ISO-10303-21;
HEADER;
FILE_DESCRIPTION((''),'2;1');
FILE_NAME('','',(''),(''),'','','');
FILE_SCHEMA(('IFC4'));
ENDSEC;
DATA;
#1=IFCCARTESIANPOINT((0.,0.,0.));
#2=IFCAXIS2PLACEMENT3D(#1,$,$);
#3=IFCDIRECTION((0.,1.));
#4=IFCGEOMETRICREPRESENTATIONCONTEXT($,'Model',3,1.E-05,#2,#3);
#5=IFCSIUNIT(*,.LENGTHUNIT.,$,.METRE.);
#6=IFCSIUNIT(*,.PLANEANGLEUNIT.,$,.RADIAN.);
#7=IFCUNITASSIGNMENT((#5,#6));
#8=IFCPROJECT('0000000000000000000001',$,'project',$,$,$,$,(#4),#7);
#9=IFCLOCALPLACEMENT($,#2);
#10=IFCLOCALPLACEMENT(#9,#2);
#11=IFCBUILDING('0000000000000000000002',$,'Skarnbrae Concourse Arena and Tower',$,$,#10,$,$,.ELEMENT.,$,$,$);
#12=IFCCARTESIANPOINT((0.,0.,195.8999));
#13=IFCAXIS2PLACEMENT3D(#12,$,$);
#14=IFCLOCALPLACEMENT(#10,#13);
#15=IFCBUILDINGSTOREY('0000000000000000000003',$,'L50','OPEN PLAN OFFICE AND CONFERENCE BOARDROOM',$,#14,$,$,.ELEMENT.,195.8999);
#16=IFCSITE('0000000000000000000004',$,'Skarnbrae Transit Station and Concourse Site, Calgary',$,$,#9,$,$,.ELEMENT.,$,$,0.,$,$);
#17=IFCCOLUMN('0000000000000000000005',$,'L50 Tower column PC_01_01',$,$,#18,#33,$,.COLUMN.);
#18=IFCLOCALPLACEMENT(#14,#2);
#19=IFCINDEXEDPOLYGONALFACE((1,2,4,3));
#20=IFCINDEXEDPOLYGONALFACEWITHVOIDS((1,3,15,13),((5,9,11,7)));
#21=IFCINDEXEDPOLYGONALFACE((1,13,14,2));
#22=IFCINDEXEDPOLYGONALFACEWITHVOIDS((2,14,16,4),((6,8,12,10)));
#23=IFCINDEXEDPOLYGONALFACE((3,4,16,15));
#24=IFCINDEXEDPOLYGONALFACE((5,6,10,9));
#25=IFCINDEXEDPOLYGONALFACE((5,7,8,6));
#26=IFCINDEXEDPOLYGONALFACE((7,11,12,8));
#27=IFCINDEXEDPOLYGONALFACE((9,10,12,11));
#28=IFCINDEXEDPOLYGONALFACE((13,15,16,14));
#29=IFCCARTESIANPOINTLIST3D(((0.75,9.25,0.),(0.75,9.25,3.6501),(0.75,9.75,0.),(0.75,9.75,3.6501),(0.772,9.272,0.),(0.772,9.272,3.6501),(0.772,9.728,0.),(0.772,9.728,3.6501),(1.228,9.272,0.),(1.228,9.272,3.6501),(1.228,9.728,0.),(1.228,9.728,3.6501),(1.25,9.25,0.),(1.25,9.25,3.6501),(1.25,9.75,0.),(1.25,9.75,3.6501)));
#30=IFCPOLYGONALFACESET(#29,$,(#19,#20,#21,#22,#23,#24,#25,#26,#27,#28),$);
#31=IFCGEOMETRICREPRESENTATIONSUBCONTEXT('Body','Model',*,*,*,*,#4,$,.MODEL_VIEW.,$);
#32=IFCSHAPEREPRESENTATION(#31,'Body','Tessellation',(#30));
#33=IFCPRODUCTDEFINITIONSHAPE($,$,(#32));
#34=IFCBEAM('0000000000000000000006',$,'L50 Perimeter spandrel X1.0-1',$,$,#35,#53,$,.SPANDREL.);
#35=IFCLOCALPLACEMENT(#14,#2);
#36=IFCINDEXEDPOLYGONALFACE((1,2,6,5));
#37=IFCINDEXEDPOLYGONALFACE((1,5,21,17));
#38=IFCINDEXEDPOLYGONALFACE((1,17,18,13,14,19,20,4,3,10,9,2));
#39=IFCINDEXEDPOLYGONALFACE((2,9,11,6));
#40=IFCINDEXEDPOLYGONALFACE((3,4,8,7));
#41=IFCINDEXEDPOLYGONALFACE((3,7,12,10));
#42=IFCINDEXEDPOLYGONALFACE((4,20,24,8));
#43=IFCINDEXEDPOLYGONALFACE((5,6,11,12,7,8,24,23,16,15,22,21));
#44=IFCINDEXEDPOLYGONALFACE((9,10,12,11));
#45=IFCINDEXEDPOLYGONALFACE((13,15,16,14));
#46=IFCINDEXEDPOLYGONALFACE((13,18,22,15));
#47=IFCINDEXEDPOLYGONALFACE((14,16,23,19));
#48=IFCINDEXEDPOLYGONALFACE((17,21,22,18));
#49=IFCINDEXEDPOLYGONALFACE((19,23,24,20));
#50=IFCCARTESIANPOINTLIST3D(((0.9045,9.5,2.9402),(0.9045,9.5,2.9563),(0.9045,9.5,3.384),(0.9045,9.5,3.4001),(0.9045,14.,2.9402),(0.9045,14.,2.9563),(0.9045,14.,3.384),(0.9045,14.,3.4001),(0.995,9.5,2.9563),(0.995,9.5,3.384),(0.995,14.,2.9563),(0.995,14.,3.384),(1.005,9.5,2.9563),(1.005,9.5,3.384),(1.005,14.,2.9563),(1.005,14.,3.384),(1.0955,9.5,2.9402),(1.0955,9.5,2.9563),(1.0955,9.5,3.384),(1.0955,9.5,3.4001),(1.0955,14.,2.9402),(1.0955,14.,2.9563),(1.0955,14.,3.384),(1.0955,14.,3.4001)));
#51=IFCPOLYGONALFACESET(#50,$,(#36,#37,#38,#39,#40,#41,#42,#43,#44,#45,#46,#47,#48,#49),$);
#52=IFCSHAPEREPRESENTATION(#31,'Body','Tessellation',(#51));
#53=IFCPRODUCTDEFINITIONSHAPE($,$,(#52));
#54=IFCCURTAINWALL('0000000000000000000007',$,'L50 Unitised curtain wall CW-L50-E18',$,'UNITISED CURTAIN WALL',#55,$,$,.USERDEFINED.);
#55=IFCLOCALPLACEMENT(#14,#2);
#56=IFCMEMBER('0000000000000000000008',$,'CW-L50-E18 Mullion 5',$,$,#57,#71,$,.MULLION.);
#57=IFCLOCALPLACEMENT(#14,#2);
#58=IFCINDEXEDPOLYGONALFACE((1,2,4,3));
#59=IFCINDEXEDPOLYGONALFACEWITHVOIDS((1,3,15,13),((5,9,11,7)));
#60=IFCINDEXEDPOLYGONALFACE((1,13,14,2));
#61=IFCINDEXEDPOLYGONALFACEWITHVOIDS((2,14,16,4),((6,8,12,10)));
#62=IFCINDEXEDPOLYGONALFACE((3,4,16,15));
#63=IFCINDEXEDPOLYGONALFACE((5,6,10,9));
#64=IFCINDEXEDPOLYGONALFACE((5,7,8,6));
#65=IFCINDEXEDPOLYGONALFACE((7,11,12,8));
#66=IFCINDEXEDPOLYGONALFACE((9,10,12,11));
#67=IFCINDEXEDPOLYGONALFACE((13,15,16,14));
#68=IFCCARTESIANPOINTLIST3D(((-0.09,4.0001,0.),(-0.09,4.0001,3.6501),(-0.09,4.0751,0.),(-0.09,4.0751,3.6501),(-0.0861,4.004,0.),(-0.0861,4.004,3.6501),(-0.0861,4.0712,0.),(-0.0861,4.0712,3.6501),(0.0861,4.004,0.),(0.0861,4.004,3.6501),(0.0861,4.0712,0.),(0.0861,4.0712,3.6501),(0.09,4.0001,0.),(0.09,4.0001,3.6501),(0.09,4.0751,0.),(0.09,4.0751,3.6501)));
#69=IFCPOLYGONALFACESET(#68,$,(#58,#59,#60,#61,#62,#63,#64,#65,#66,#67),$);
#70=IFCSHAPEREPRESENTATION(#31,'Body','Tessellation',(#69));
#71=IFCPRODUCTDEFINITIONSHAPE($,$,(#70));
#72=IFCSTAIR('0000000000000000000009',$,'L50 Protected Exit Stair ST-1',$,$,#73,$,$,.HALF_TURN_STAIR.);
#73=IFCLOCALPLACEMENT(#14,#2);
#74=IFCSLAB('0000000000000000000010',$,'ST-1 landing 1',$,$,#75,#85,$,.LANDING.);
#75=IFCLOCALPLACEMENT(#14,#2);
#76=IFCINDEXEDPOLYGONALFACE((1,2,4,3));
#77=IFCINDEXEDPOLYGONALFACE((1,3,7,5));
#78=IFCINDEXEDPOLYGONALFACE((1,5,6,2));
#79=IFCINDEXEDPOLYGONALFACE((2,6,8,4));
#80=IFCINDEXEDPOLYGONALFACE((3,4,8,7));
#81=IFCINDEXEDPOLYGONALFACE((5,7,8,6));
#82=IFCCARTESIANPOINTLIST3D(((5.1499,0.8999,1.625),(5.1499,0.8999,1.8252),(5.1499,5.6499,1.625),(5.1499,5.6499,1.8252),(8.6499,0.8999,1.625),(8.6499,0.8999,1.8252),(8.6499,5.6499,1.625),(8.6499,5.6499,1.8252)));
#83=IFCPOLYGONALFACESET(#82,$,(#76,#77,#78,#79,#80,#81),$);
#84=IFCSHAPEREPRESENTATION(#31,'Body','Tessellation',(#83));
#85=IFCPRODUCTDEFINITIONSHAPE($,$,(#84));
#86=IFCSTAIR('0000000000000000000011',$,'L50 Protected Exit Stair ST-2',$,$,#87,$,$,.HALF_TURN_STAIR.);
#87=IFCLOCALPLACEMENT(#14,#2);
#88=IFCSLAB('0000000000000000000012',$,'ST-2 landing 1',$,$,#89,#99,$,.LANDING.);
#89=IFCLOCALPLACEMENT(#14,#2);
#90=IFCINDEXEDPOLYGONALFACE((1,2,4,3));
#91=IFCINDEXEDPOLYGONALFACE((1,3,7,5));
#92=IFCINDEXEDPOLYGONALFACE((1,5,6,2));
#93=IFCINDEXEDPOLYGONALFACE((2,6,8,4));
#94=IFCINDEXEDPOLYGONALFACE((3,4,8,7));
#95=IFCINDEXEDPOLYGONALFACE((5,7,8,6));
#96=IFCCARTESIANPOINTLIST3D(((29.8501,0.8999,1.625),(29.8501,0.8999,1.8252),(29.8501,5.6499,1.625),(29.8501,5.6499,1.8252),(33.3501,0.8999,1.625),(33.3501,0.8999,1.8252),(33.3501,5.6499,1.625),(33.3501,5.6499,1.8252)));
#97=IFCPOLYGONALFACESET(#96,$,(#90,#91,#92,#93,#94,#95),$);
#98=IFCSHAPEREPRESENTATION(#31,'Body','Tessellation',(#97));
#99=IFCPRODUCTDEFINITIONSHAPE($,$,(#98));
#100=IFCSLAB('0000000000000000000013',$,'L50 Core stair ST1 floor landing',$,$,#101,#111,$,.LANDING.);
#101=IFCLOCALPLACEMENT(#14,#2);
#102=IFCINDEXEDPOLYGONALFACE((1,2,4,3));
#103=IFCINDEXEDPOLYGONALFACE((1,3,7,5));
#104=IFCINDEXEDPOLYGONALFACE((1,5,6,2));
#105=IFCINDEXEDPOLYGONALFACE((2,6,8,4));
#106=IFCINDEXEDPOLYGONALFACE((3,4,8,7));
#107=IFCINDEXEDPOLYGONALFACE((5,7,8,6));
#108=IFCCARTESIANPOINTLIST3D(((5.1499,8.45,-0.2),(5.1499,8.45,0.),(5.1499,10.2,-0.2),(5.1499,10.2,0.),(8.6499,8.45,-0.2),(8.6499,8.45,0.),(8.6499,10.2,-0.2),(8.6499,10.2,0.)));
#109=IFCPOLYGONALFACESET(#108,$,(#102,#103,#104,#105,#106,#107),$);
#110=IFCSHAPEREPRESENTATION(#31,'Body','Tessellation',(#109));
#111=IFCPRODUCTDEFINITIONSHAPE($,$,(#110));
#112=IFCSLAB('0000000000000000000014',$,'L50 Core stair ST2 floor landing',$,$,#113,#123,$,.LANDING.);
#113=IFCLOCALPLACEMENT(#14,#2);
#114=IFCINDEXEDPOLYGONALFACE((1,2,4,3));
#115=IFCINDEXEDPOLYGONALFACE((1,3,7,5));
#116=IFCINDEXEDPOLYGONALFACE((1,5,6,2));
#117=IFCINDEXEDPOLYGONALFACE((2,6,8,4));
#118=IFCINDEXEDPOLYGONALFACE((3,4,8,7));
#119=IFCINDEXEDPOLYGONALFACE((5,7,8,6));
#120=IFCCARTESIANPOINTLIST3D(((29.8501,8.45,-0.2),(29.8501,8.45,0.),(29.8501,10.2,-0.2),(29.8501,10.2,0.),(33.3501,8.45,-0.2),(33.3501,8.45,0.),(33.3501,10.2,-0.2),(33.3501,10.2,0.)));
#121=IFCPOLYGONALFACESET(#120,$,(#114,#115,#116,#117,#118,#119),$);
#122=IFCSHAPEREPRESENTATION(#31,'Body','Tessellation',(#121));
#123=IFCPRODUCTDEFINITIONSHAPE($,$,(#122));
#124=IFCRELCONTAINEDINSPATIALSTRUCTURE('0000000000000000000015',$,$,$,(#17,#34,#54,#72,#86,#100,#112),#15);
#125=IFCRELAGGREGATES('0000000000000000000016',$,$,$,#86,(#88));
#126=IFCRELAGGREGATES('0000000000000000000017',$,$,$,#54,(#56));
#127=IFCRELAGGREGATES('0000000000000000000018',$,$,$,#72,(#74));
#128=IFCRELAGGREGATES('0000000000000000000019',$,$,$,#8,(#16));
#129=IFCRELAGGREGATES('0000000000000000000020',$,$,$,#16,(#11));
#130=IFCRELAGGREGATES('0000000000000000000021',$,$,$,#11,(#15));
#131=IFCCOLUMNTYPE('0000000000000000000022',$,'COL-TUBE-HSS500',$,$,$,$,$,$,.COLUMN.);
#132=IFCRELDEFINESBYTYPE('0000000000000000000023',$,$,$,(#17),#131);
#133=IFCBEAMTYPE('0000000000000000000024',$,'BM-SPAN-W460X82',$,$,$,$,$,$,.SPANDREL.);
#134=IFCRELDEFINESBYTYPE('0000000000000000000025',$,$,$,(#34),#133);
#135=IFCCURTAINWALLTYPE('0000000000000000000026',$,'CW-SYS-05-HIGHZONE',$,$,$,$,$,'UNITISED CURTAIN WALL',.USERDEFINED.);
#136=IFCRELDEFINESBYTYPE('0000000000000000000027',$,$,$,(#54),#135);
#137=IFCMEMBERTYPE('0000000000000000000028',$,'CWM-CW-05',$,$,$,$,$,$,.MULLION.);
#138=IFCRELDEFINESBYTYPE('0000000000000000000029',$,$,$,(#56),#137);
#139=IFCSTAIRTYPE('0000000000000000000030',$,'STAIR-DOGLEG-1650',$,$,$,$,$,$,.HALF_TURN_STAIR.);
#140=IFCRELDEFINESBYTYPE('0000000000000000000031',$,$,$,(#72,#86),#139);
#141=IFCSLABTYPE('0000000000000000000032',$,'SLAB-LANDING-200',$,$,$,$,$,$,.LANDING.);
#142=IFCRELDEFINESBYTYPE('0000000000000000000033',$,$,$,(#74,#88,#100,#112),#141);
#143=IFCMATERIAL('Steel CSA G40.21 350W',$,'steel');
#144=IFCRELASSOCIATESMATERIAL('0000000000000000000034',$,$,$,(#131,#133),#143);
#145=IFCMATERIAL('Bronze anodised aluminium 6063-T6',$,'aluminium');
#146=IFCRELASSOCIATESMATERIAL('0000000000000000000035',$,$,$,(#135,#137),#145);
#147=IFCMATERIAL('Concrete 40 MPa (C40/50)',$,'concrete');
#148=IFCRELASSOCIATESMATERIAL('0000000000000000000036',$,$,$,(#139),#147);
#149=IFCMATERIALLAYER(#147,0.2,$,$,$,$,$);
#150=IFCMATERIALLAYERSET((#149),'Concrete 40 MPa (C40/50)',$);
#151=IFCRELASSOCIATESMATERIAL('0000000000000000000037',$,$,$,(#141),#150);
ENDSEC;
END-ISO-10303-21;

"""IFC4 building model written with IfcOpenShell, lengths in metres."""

from ifc_helpers import new_model, si_unit, direction, frame, origin, origin_2d, place, context, subcontext, project, spatial, polyline, hollow_rectangle, i_section, outline, extrude, source, transform, mapped, material, layer, layer_set, material_profile, profile_set, type_object, element, aggregate, save


model = new_model("IFC4")

# Units and contexts
model_context = context("Model", 3, precision=1e-05, world=origin(), true_north=direction((0.0, 1.0)))
body_context = subcontext(model_context, "Body", "Model", "MODEL_VIEW")
ifc_project = project(units=[si_unit("LENGTHUNIT", "METRE"), si_unit("PLANEANGLEUNIT", "RADIAN")], contexts=[model_context])

# Site, building, storey
site_placement = place(None, origin())
site = spatial("IfcSite", under=ifc_project, at=site_placement, Name="Skarnbrae Transit Station and Concourse Site, Calgary", CompositionType="ELEMENT", RefElevation=0.0)
building_placement = place(site_placement, origin())
building = spatial("IfcBuilding", under=site, at=building_placement, Name="Skarnbrae Concourse Arena and Tower", CompositionType="ELEMENT")
storey_placement = place(building_placement, frame((0.0, 0.0, 195.8999)))
storey = spatial("IfcBuildingStorey", under=building, at=storey_placement, Name="L50", Description="OPEN PLAN OFFICE AND CONFERENCE BOARDROOM", CompositionType="ELEMENT", Elevation=195.8999)

# Column
ifc_material_1 = material(Name="Steel CSA G40.21 350W", Category="steel")
ifc_material_profile_1 = material_profile(ifc_material_1, hollow_rectangle(XDim=0.5, YDim=0.5, WallThickness=0.022, at=origin_2d()), Name="HSS500X500X22.0")
ifc_profile_set_1 = profile_set([ifc_material_profile_1], Name="Steel CSA G40.21 350W")
column_type = type_object("IfcColumnType", Name="COL-TUBE-HSS500", PredefinedType="COLUMN", material=ifc_profile_set_1)
shared_shape_1 = source(origin(), body_context, "Body", "SweptSolid", [
    extrude(hollow_rectangle(XDim=0.5, YDim=0.5, WallThickness=0.022, at=origin_2d()), origin(), (0.0, 0.0, 1.0), 3.6501),
])
column_placement = place(storey_placement, frame((1.0, 9.5, 0.0), z_axis=(0.0, 0.0, 1.0), x_axis=(1.0, 0.0, 0.0)))
element("IfcColumn", 1, at=column_placement, inside=storey, type_object=column_type, Name="L50 Tower column PC_01_01", PredefinedType="COLUMN", context=body_context, shape_type="MappedRepresentation", body=[
    mapped(shared_shape_1, transform((0.0, 0.0, 0.0))),
])

# Beam
ifc_material_profile_2 = material_profile(ifc_material_1, i_section(OverallWidth=0.1909, OverallDepth=0.46, WebThickness=0.01, FlangeThickness=0.0161, at=origin_2d()), Name="W460X82")
ifc_profile_set_2 = profile_set([ifc_material_profile_2], Name="Steel CSA G40.21 350W")
beam_type = type_object("IfcBeamType", Name="BM-SPAN-W460X82", PredefinedType="SPANDREL", material=ifc_profile_set_2)
shared_shape_2 = source(origin(), body_context, "Body", "SweptSolid", [
    extrude(i_section(OverallWidth=0.1909, OverallDepth=0.46, WebThickness=0.01, FlangeThickness=0.0161, at=origin_2d()), origin(), (0.0, 0.0, 1.0), 4.5),
])
beam_placement = place(storey_placement, frame((1.0, 9.5, 3.1702), z_axis=(0.0, 1.0, 0.0), x_axis=(-1.0, 0.0, 0.0)))
element("IfcBeam", 2, at=beam_placement, inside=storey, type_object=beam_type, Name="L50 Perimeter spandrel X1.0-1", PredefinedType="SPANDREL", context=body_context, shape_type="MappedRepresentation", body=[
    mapped(shared_shape_2, transform((0.0, 0.0, 0.0))),
])

# Curtain wall, member
ifc_material_2 = material(Name="Bronze anodised aluminium 6063-T6", Category="aluminium")
curtain_wall_type = type_object("IfcCurtainWallType", Name="CW-SYS-05-HIGHZONE", ElementType="UNITISED CURTAIN WALL", PredefinedType="USERDEFINED", material=ifc_material_2)
curtain_wall_placement = place(storey_placement, origin())
curtain_wall = element("IfcCurtainWall", 3, at=curtain_wall_placement, inside=storey, type_object=curtain_wall_type, Name="L50 Unitised curtain wall CW-L50-E18", ObjectType="UNITISED CURTAIN WALL", PredefinedType="USERDEFINED")
ifc_material_profile_3 = material_profile(ifc_material_2, hollow_rectangle(XDim=0.075, YDim=0.1799, WallThickness=0.0039, at=origin_2d()), Name="ALU-MULL-75X180")
ifc_profile_set_3 = profile_set([ifc_material_profile_3], Name="Bronze anodised aluminium 6063-T6")
member_type = type_object("IfcMemberType", Name="CWM-CW-05", PredefinedType="MULLION", material=ifc_profile_set_3)
shared_shape_3 = source(origin(), body_context, "Body", "SweptSolid", [
    extrude(hollow_rectangle(XDim=0.075, YDim=0.1799, WallThickness=0.0039, at=origin_2d()), origin(), (0.0, 0.0, 1.0), 3.6501),
])
member_placement = place(storey_placement, frame((0.0, 4.0376, 0.0), z_axis=(0.0, 0.0, 1.0), x_axis=(0.0, -1.0, 0.0)))
member = element("IfcMember", 4, at=member_placement, type_object=member_type, Name="CW-L50-E18 Mullion 5", PredefinedType="MULLION", context=body_context, shape_type="MappedRepresentation", body=[
    mapped(shared_shape_3, transform((0.0, 0.0, 0.0))),
])

# Stairs, slabs
ifc_material_3 = material(Name="Concrete 40 MPa (C40/50)", Category="concrete")
stair_type = type_object("IfcStairType", Name="STAIR-DOGLEG-1650", PredefinedType="HALF_TURN_STAIR", material=ifc_material_3)
stair_1_placement = place(storey_placement, origin())
stair_1 = element("IfcStair", 5, at=stair_1_placement, inside=storey, type_object=stair_type, Name="L50 Protected Exit Stair ST-1", PredefinedType="HALF_TURN_STAIR")
ifc_layer_1 = layer(ifc_material_3, 0.2)
ifc_layer_set_1 = layer_set([ifc_layer_1], Name="Concrete 40 MPa (C40/50)")
slab_type_1 = type_object("IfcSlabType", Name="SLAB-LANDING-200", PredefinedType="LANDING", material=ifc_layer_set_1)
slab_1_placement = place(storey_placement, frame((0.0, 0.0, 1.625)))
slab_1 = element("IfcSlab", 6, at=slab_1_placement, type_object=slab_type_1, Name="ST-1 landing 1", PredefinedType="LANDING", context=body_context, shape_type="SweptSolid", body=[
    extrude(outline(polyline([(5.1499, 5.6499), (5.1499, 0.8999), (8.6499, 0.8999), (8.6499, 5.6499), (5.1499, 5.6499)])), origin(), (0.0, 0.0, 1.0), 0.2002),
])
stair_2_placement = place(storey_placement, origin())
stair_2 = element("IfcStair", 7, at=stair_2_placement, inside=storey, type_object=stair_type, Name="L50 Protected Exit Stair ST-2", PredefinedType="HALF_TURN_STAIR")
slab_2_placement = place(storey_placement, frame((0.0, 0.0, 1.625)))
slab_2 = element("IfcSlab", 8, at=slab_2_placement, type_object=slab_type_1, Name="ST-2 landing 1", PredefinedType="LANDING", context=body_context, shape_type="SweptSolid", body=[
    extrude(outline(polyline([(29.8501, 5.6499), (29.8501, 0.8999), (33.3501, 0.8999), (33.3501, 5.6499), (29.8501, 5.6499)])), origin(), (0.0, 0.0, 1.0), 0.2002),
])
aggregate(stair_2, [slab_2])

# Slabs
slab_3_placement = place(storey_placement, frame((0.0, 0.0, -0.2)))
element("IfcSlab", 9, at=slab_3_placement, inside=storey, type_object=slab_type_1, Name="L50 Core stair ST1 floor landing", PredefinedType="LANDING", context=body_context, shape_type="SweptSolid", body=[
    extrude(outline(polyline([(5.1499, 10.2), (5.1499, 8.45), (8.6499, 8.45), (8.6499, 10.2), (5.1499, 10.2)])), origin(), (0.0, 0.0, 1.0), 0.2),
])
slab_4_placement = place(storey_placement, frame((0.0, 0.0, -0.2)))
element("IfcSlab", 10, at=slab_4_placement, inside=storey, type_object=slab_type_1, Name="L50 Core stair ST2 floor landing", PredefinedType="LANDING", context=body_context, shape_type="SweptSolid", body=[
    extrude(outline(polyline([(29.8501, 10.2), (29.8501, 8.45), (33.3501, 8.45), (33.3501, 10.2), (29.8501, 10.2)])), origin(), (0.0, 0.0, 1.0), 0.2),
])

aggregate(curtain_wall, [member])

aggregate(stair_1, [slab_1])

save(model, "model.ifc")
